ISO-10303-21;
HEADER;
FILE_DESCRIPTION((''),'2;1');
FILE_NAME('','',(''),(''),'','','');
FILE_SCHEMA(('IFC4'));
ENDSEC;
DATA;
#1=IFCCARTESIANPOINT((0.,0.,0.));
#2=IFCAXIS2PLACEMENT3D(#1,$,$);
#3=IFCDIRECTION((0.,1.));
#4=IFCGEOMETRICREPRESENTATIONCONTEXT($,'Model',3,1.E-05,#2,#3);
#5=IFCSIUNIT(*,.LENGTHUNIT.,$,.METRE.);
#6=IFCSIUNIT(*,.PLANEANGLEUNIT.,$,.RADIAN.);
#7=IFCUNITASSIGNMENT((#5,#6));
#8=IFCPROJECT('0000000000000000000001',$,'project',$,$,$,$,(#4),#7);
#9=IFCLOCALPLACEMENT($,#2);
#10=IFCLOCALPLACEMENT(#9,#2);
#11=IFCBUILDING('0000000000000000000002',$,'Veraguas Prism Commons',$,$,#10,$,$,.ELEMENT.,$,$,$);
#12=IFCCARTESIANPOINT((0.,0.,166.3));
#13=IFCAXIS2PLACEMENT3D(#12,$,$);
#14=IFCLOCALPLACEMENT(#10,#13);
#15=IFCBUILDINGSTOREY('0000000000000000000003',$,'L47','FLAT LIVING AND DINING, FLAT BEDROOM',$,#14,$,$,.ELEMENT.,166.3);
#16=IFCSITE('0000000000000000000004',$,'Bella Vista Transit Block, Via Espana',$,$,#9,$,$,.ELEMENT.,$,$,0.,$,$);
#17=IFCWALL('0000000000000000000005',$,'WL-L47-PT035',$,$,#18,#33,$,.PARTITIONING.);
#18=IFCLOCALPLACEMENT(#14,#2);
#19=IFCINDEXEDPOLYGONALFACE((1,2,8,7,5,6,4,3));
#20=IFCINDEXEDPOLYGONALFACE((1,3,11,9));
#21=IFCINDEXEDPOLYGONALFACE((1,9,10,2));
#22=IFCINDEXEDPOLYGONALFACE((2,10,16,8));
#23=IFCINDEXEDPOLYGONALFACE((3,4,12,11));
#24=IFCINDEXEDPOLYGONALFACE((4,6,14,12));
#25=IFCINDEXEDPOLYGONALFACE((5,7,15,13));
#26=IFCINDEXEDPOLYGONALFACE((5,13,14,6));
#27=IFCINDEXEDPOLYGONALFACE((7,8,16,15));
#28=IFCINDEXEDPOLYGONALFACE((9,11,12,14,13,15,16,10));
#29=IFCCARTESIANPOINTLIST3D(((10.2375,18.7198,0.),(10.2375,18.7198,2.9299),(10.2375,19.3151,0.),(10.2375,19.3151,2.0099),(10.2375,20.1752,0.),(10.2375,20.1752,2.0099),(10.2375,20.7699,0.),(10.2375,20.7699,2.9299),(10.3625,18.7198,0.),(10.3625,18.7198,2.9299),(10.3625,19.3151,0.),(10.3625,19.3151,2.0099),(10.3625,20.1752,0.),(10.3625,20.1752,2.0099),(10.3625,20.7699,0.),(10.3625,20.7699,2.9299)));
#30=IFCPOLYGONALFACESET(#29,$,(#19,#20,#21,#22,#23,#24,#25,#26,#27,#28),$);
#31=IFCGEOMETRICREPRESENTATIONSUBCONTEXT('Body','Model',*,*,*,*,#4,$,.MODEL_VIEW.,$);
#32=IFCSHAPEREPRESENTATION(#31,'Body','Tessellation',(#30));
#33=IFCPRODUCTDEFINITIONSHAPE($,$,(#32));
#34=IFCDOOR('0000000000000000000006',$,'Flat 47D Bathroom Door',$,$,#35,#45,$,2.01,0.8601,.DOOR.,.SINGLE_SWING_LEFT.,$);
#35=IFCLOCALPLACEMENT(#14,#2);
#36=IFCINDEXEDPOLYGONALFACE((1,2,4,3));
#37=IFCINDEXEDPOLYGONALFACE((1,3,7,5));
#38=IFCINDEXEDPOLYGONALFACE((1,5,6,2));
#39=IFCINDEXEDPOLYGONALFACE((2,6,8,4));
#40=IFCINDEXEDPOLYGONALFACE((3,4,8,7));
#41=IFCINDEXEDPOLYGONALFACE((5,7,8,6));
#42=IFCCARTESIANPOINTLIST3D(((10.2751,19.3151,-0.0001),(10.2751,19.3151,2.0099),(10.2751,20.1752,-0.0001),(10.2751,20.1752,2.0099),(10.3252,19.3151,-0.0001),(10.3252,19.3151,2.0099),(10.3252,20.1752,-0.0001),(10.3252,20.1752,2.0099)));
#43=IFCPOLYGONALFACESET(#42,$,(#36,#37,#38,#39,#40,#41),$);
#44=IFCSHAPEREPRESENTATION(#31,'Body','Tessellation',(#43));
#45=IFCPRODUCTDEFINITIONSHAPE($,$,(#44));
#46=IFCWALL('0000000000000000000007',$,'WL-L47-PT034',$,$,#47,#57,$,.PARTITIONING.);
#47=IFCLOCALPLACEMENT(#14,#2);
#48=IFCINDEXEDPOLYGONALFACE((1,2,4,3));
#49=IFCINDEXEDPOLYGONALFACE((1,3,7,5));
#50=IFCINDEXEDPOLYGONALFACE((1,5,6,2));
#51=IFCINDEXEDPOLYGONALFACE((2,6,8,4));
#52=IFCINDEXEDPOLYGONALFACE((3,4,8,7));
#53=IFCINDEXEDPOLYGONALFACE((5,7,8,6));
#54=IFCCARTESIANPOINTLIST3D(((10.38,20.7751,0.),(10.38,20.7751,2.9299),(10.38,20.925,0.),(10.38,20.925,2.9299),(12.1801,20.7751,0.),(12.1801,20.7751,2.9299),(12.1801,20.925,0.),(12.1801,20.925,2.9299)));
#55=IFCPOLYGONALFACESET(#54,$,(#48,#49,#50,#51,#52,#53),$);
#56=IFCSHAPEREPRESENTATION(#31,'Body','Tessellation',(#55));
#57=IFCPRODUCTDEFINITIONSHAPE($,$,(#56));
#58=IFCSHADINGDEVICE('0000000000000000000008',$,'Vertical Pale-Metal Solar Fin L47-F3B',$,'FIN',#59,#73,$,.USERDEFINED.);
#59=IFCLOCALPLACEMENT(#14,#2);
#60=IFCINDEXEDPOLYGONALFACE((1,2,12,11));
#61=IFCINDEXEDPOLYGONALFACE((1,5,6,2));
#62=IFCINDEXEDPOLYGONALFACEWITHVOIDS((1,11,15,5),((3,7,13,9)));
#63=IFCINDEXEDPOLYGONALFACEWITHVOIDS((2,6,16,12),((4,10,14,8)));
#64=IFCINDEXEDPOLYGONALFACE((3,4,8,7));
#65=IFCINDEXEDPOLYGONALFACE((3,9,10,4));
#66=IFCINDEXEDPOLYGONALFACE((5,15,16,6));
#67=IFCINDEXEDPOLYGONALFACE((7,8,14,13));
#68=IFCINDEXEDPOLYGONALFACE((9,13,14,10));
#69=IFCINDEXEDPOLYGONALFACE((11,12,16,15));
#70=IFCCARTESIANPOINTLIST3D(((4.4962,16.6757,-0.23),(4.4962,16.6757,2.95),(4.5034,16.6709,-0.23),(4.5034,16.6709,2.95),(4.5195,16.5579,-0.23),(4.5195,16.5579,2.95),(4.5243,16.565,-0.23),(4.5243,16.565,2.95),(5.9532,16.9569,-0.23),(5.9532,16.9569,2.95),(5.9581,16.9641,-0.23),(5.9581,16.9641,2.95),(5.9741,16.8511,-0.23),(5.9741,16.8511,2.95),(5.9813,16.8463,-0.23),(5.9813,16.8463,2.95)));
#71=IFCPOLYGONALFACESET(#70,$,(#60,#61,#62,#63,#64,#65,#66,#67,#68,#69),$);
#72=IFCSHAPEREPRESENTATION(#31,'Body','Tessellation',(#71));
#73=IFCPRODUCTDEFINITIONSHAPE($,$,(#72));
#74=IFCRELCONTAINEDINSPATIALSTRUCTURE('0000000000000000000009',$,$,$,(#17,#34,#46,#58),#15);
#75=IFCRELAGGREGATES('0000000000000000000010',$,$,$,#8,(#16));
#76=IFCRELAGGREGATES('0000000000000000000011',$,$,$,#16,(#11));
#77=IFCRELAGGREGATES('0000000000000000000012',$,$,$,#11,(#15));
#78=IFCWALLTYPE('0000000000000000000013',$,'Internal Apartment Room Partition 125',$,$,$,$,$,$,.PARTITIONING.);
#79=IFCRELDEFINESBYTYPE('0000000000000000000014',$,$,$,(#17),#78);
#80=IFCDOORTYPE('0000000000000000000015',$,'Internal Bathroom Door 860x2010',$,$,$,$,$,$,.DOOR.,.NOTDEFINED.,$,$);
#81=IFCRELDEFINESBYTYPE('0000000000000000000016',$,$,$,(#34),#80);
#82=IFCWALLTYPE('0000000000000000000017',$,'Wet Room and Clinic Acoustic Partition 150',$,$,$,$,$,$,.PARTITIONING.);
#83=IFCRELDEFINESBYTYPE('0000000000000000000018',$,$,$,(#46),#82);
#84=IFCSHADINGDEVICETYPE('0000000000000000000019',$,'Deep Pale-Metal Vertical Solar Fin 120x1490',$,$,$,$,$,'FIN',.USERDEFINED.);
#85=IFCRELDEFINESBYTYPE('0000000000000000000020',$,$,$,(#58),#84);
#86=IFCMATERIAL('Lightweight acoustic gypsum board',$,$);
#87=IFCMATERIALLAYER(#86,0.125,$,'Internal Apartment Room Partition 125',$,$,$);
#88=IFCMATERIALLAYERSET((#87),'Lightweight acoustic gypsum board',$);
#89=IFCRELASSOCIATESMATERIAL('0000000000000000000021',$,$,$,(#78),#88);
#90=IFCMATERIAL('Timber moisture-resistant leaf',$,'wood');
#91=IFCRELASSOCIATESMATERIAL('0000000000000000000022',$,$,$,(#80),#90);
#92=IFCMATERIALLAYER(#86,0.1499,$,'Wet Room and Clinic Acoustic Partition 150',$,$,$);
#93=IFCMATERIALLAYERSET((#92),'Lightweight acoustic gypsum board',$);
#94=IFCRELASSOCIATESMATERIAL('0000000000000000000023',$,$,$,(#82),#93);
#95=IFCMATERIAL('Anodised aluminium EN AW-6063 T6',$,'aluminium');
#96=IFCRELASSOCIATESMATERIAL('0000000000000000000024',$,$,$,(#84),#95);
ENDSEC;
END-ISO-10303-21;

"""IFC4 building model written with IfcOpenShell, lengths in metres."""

from ifc_helpers import new_model, si_unit, direction, frame, frame_2d, origin, origin_2d, place, context, subcontext, project, spatial, rectangle, hollow_rectangle, extrude, source, transform, mapped, material, layer, layer_set, material_profile, profile_set, type_object, element, fill, save


model = new_model("IFC4")

# Units and contexts
model_context = context("Model", 3, precision=1e-05, world=origin(), true_north=direction((0.0, 1.0)))
body_context = subcontext(model_context, "Body", "Model", "MODEL_VIEW")
ifc_project = project(units=[si_unit("LENGTHUNIT", "METRE"), si_unit("PLANEANGLEUNIT", "RADIAN")], contexts=[model_context])

# Site, building, storey
site_placement = place(None, origin())
site = spatial("IfcSite", under=ifc_project, at=site_placement, Name="Bella Vista Transit Block, Via Espana", CompositionType="ELEMENT", RefElevation=0.0)
building_placement = place(site_placement, origin())
building = spatial("IfcBuilding", under=site, at=building_placement, Name="Veraguas Prism Commons", CompositionType="ELEMENT")
storey_placement = place(building_placement, frame((0.0, 0.0, 166.3)))
storey = spatial("IfcBuildingStorey", under=building, at=storey_placement, Name="L47", Description="FLAT LIVING AND DINING, FLAT BEDROOM", CompositionType="ELEMENT", Elevation=166.3)

# Shared definitions
ifc_material_1 = material(Name="Anodised aluminium EN AW-6063 T6", Category="aluminium")

# Wall, opening, door
ifc_material_2 = material(Name="Lightweight acoustic gypsum board")
ifc_layer_1 = layer(ifc_material_2, 0.125, Name="Internal Apartment Room Partition 125")
ifc_layer_set_1 = layer_set([ifc_layer_1], Name="Lightweight acoustic gypsum board")
wall_type_1 = type_object("IfcWallType", Name="Internal Apartment Room Partition 125", PredefinedType="PARTITIONING", material=ifc_layer_set_1)
wall_1_placement = place(storey_placement, frame((10.3, 18.72, 0.0), z_axis=(0.0, 0.0, 1.0), x_axis=(0.0, 1.0, 0.0)))
wall_1 = element("IfcWall", 1, at=wall_1_placement, inside=storey, type_object=wall_type_1, Name="WL-L47-PT035", PredefinedType="PARTITIONING", context=body_context, shape_type="SweptSolid", body=[
    extrude(rectangle(XDim=2.05, YDim=0.125, at=frame_2d((1.0249, 0.0))), origin(), (0.0, 0.0, 1.0), 2.9299),
])
opening_1_placement = place(wall_1_placement, frame((0.595, 0.0, 0.0)))
opening_1 = element("IfcOpeningElement", 2, at=opening_1_placement, cuts=wall_1, PredefinedType="OPENING", context=body_context, shape_type="SweptSolid", body=[
    extrude(rectangle(XDim=0.8601, YDim=2.01, at=frame_2d((0.4302, 1.0049))), frame((0.0, 0.0725, 0.0), z_axis=(0.0, -1.0, 0.0), x_axis=(1.0, 0.0, 0.0)), (0.0, 0.0, 1.0), 0.145),
])
ifc_material_3 = material(Name="Timber moisture-resistant leaf", Category="wood")
door_type_1 = type_object("IfcDoorType", Name="Internal Bathroom Door 860x2010", OperationType="NOTDEFINED", PredefinedType="DOOR", material=ifc_material_3)
shared_shape_1 = source(origin(), body_context, "Body", "SweptSolid", [
    extrude(rectangle(XDim=0.8601, YDim=2.01, at=frame_2d((0.4302, 1.0049))), frame((0.0, 0.0249, 0.0), z_axis=(0.0, -1.0, 0.0), x_axis=(1.0, 0.0, 0.0)), (0.0, 0.0, 1.0), 0.05),
])
door_1_placement = place(opening_1_placement, origin())
door_1 = element("IfcDoor", 3, at=door_1_placement, inside=storey, type_object=door_type_1, Name="Flat 47D Bathroom Door", OperationType="SINGLE_SWING_LEFT", OverallHeight=2.01, OverallWidth=0.8601, PredefinedType="DOOR", context=body_context, shape_type="MappedRepresentation", body=[
    mapped(shared_shape_1, transform((0.0, 0.0, 0.0), scale=1.0)),
])
fill(opening_1, door_1)

# Wall
ifc_layer_2 = layer(ifc_material_2, 0.1499, Name="Wet Room and Clinic Acoustic Partition 150")
ifc_layer_set_2 = layer_set([ifc_layer_2], Name="Lightweight acoustic gypsum board")
wall_type_2 = type_object("IfcWallType", Name="Wet Room and Clinic Acoustic Partition 150", PredefinedType="PARTITIONING", material=ifc_layer_set_2)
wall_2_placement = place(storey_placement, frame((12.1799, 20.8501, 0.0), z_axis=(0.0, 0.0, 1.0), x_axis=(-1.0, 0.0, 0.0)))
element("IfcWall", 4, at=wall_2_placement, inside=storey, type_object=wall_type_2, Name="WL-L47-PT034", PredefinedType="PARTITIONING", context=body_context, shape_type="SweptSolid", body=[
    extrude(rectangle(XDim=1.8, YDim=0.1499, at=frame_2d((0.8999, 0.0))), origin(), (0.0, 0.0, 1.0), 2.9299),
])

# Shading device
ifc_material_profile_1 = material_profile(ifc_material_1, hollow_rectangle(XDim=0.1201, YDim=1.49, WallThickness=0.0061, at=origin_2d()), Name="FIN120X1490X6")
ifc_profile_set_1 = profile_set([ifc_material_profile_1], Name="Anodised aluminium EN AW-6063 T6")
shading_device_type = type_object("IfcShadingDeviceType", Name="Deep Pale-Metal Vertical Solar Fin 120x1490", ElementType="FIN", PredefinedType="USERDEFINED", material=ifc_profile_set_1)
shading_device_placement = place(storey_placement, frame((5.2388, 16.761, -0.23), z_axis=(0.0, 0.0, 1.0), x_axis=(0.193546, -0.981091, 0.0)))
element("IfcShadingDevice", 5, at=shading_device_placement, inside=storey, type_object=shading_device_type, Name="Vertical Pale-Metal Solar Fin L47-F3B", ObjectType="FIN", PredefinedType="USERDEFINED", context=body_context, shape_type="SweptSolid", body=[
    extrude(hollow_rectangle(XDim=0.1201, YDim=1.49, WallThickness=0.0061, at=origin_2d()), origin(), (0.0, 0.0, 1.0), 3.1799),
])

save(model, "model.ifc")
